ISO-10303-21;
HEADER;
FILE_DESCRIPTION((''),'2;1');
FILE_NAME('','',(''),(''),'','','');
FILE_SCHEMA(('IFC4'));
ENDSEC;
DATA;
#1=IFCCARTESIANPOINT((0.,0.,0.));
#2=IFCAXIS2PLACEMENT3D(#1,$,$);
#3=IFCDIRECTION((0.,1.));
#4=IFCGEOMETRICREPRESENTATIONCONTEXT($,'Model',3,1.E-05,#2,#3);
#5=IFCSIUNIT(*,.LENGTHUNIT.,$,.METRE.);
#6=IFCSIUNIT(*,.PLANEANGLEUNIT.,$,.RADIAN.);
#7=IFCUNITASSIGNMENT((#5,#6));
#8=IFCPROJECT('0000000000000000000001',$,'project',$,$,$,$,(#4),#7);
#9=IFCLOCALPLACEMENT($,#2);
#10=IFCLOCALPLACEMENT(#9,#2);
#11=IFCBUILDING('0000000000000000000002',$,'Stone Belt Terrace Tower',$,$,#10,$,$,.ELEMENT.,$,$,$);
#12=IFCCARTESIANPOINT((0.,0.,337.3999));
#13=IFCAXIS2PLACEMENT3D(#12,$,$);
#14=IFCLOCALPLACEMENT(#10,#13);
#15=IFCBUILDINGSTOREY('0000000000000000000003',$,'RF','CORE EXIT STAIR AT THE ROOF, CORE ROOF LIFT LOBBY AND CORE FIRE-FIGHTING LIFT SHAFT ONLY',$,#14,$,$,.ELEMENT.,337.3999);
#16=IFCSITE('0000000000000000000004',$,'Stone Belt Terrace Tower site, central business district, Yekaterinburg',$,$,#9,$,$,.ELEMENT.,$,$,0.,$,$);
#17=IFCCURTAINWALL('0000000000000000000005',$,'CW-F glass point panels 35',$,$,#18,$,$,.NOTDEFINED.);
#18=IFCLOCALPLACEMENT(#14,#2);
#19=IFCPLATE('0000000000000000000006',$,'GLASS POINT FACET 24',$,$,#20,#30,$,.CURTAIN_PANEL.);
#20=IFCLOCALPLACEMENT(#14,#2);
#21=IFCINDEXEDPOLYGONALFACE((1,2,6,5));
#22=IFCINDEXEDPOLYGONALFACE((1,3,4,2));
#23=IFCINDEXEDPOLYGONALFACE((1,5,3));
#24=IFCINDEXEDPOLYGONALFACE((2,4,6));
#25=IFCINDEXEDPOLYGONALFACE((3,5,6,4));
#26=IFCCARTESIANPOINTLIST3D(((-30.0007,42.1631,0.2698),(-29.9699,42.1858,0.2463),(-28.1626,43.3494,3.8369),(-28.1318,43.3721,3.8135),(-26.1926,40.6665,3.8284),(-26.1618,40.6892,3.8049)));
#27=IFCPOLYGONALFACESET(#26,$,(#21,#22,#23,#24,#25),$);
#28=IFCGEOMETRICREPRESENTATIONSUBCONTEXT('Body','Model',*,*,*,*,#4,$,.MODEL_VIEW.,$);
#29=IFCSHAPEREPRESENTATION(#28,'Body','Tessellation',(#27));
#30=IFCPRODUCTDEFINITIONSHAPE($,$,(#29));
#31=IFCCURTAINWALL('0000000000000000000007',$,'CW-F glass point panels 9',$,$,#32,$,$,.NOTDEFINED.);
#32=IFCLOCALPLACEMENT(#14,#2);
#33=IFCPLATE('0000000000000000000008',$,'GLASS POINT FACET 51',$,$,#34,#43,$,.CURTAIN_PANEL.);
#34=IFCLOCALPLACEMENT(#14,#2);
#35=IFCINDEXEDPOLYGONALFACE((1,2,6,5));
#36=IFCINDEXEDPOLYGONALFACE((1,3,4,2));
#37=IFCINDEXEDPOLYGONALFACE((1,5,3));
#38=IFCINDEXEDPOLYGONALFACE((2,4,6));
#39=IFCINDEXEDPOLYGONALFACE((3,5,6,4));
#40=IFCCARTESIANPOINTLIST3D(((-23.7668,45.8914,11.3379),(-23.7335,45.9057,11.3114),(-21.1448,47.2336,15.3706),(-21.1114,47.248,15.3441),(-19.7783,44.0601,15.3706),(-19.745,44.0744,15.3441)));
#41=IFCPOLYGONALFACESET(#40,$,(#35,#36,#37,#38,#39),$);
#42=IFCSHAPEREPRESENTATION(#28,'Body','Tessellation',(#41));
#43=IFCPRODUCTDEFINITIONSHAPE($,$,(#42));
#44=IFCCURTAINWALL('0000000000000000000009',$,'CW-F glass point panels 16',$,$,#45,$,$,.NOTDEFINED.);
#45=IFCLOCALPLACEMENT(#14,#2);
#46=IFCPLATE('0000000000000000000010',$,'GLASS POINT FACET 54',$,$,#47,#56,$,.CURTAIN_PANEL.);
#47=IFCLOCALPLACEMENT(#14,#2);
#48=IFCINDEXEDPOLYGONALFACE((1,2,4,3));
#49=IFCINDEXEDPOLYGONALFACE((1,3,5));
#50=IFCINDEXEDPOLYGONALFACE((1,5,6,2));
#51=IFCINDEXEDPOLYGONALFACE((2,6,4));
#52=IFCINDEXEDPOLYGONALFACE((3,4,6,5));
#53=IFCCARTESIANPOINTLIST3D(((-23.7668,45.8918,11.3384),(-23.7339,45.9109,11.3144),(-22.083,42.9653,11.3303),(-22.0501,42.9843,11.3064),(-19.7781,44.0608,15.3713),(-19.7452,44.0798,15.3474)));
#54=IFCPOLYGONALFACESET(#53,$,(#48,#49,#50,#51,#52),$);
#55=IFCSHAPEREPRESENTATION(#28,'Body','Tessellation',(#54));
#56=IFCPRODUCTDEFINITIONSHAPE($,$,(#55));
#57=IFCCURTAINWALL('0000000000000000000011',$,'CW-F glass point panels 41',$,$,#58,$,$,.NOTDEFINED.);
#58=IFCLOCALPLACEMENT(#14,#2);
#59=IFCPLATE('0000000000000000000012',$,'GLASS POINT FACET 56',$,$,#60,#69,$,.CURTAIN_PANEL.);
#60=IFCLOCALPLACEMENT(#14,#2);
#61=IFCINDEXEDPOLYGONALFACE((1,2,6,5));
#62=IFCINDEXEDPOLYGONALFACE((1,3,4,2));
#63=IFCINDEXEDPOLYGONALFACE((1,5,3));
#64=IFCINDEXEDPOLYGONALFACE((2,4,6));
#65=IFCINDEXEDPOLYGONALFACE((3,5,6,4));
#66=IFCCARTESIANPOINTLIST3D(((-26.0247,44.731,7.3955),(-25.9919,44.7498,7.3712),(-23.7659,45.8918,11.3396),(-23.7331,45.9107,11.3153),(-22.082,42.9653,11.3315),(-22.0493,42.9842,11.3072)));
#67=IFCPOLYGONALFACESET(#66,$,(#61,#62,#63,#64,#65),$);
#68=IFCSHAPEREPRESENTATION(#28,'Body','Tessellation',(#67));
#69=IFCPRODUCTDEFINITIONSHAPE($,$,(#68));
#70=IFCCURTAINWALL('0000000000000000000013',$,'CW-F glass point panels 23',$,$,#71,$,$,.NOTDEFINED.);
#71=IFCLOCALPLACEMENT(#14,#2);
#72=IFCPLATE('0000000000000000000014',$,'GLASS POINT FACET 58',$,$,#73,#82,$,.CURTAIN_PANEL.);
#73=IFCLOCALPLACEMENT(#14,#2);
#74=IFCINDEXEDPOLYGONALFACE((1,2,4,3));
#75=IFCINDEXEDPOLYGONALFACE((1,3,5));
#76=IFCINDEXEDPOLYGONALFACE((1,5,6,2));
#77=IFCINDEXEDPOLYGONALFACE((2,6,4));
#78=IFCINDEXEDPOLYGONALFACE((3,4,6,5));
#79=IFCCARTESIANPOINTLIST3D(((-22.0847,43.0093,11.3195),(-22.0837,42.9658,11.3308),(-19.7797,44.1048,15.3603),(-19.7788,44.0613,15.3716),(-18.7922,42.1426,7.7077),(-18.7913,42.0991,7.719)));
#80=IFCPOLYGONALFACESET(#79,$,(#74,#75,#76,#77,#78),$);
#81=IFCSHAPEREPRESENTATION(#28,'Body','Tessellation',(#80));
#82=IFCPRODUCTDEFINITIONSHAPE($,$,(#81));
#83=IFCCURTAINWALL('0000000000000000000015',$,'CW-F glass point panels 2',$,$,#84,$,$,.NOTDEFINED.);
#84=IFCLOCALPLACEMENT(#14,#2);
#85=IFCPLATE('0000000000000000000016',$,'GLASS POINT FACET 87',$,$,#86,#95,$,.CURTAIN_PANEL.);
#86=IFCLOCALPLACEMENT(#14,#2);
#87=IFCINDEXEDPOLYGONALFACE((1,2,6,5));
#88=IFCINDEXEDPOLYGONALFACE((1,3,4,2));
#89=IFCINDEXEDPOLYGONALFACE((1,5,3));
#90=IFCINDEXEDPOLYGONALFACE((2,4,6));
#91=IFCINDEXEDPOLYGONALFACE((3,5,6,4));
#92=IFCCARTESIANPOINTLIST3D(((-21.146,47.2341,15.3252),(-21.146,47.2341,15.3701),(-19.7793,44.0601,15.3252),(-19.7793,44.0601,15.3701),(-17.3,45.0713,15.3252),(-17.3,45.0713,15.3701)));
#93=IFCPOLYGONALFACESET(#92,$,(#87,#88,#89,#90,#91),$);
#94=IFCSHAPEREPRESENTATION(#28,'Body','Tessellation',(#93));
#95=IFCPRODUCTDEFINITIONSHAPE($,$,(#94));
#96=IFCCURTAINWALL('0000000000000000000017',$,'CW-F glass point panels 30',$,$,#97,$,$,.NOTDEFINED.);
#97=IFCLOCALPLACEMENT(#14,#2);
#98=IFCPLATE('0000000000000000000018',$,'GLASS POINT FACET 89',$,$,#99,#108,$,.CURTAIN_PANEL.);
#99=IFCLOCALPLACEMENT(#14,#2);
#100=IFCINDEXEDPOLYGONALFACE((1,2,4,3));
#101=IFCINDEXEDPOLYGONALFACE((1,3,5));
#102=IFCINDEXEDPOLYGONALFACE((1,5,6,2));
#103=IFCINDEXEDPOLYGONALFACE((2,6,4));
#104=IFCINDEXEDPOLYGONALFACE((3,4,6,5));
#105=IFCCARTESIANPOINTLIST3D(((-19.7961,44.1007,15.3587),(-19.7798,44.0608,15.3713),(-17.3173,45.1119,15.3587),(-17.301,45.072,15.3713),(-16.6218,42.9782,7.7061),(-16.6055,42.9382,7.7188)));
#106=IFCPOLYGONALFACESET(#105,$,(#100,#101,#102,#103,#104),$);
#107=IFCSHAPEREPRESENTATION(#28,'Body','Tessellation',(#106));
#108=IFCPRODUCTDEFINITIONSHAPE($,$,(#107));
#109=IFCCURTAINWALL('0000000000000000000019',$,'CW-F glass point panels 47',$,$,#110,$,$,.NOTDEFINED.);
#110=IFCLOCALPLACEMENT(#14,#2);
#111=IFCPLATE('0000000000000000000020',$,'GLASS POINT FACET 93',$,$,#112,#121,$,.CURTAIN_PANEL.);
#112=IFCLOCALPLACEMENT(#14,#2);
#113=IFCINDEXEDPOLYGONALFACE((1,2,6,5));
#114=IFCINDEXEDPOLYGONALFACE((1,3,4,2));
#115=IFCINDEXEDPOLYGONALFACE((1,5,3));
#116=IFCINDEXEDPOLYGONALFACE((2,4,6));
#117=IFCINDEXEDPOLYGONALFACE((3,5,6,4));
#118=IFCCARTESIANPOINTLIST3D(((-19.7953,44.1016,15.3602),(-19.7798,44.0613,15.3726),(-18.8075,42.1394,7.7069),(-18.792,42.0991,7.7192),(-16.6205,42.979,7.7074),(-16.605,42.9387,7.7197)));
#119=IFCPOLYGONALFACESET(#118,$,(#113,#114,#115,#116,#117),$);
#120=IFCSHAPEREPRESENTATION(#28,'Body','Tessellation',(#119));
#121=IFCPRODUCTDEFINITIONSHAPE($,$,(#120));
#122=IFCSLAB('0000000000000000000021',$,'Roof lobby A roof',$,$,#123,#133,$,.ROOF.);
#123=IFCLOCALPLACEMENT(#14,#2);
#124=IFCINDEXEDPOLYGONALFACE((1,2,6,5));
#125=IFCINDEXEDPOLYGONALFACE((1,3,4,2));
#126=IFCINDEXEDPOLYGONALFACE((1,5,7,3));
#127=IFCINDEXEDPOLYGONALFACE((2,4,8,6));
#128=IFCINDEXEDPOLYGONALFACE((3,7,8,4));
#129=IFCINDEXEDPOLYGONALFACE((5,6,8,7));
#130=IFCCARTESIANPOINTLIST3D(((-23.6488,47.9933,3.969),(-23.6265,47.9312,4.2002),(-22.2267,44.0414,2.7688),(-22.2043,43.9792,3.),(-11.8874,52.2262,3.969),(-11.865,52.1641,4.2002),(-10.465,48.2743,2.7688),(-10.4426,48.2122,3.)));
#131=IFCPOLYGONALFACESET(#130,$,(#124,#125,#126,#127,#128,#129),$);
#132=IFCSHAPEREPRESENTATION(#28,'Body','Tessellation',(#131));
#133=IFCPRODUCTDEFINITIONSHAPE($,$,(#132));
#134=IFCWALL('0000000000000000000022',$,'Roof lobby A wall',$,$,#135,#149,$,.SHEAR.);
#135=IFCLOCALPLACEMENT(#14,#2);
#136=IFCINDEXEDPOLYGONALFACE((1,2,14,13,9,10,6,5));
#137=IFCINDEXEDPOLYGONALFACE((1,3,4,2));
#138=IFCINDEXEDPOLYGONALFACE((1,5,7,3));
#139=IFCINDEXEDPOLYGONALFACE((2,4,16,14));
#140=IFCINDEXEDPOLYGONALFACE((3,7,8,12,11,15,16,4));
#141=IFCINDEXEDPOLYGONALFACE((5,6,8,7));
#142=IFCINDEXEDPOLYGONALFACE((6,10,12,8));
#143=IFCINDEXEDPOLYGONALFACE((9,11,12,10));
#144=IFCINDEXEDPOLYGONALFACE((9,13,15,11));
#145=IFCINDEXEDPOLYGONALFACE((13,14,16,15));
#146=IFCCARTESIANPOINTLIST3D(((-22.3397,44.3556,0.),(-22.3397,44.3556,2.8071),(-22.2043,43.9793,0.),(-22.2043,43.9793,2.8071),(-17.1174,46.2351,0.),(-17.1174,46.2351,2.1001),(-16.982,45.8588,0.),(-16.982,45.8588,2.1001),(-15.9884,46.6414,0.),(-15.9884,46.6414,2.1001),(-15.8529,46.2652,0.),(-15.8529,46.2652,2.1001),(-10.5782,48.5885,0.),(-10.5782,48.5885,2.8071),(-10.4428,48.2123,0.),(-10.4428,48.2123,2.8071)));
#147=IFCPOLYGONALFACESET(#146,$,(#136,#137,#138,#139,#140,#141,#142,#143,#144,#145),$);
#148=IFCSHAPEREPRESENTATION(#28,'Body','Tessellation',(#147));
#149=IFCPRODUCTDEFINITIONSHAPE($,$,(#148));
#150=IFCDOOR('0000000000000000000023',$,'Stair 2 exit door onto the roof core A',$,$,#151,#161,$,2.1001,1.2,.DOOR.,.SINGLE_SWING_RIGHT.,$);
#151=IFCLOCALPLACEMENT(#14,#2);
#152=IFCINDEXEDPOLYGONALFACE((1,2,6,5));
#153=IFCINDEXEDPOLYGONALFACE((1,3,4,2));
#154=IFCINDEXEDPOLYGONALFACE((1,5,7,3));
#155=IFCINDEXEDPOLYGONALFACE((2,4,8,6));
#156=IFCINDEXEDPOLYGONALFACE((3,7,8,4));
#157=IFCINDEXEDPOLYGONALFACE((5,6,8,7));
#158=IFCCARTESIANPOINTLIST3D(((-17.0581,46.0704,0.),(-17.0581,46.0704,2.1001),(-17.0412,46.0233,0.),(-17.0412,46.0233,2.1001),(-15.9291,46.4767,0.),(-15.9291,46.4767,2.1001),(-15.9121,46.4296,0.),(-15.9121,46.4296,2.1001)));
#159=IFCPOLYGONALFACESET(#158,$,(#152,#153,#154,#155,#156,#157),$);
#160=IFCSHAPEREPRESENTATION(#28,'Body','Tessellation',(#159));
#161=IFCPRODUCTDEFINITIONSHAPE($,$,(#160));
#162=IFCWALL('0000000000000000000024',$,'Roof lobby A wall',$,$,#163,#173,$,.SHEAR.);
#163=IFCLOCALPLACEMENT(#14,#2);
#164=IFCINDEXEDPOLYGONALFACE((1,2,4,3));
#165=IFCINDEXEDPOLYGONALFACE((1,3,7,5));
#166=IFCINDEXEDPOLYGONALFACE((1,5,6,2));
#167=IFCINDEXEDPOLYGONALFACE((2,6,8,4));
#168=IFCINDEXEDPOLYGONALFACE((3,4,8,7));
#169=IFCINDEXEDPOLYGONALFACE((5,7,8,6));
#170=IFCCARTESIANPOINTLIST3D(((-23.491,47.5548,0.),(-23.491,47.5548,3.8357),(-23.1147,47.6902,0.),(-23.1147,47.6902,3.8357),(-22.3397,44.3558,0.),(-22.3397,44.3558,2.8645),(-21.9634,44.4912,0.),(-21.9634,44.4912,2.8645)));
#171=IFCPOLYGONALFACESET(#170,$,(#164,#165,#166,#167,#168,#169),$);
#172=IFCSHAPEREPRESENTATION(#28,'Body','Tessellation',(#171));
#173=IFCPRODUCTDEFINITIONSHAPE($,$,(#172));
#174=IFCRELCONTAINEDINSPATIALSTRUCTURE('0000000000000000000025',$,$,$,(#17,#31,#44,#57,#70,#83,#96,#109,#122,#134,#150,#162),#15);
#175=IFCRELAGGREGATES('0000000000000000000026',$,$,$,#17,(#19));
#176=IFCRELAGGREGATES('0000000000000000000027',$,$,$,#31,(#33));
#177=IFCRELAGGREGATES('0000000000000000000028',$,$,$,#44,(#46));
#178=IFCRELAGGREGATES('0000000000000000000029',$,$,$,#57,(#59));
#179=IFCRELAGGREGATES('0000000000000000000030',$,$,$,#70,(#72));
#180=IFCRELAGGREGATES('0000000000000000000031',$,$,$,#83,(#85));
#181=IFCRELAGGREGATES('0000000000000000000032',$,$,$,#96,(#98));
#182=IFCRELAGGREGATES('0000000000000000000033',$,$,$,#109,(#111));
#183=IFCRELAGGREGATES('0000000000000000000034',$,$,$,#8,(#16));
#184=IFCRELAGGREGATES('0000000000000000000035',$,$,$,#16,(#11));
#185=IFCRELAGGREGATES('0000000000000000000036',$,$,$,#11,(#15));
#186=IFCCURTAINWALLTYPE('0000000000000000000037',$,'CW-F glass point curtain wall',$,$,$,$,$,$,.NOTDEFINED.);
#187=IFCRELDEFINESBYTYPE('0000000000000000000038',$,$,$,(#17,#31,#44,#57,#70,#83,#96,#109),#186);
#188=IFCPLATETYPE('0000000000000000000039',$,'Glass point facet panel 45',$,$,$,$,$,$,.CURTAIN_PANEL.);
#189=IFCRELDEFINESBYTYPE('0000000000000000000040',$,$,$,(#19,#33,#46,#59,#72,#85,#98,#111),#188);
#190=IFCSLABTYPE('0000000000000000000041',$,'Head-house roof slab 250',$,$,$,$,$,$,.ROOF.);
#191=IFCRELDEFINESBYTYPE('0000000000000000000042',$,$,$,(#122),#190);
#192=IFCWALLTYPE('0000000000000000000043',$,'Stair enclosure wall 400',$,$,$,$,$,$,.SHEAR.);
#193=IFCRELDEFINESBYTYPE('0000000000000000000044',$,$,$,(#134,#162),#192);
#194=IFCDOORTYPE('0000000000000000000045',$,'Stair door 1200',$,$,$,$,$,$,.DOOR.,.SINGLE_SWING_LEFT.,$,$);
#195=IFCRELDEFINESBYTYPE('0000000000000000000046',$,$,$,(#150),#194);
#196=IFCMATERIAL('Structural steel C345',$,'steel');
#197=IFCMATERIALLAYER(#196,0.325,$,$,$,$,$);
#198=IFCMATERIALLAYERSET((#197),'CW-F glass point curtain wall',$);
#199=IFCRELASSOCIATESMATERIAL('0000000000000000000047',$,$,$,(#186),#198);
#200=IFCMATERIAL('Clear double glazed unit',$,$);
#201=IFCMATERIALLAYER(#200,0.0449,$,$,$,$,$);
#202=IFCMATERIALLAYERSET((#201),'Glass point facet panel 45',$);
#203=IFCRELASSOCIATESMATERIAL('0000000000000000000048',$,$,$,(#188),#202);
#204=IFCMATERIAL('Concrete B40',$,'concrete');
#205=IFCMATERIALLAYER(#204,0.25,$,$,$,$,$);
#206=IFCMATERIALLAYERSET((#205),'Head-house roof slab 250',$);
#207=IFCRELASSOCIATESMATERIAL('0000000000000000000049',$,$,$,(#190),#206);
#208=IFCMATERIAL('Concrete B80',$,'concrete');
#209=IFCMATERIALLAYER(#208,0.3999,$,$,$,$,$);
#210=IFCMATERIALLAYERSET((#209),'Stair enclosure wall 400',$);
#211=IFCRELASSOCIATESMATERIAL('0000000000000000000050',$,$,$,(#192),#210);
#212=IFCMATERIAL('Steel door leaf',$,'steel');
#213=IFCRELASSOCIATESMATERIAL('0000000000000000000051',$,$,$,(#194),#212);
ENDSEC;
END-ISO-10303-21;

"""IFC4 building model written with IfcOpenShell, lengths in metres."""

from ifc_helpers import new_model, si_unit, direction, frame, frame_2d, origin, place, context, subcontext, project, spatial, polyline, rectangle, outline, extrude, material, layer, layer_set, type_object, element, fill, aggregate, save


model = new_model("IFC4")

# Units and contexts
model_context = context("Model", 3, precision=1e-05, world=origin(), true_north=direction((0.0, 1.0)))
body_context = subcontext(model_context, "Body", "Model", "MODEL_VIEW")
ifc_project = project(units=[si_unit("LENGTHUNIT", "METRE"), si_unit("PLANEANGLEUNIT", "RADIAN")], contexts=[model_context])

# Site, building, storey
site_placement = place(None, origin())
site = spatial("IfcSite", under=ifc_project, at=site_placement, Name="Stone Belt Terrace Tower site, central business district, Yekaterinburg", CompositionType="ELEMENT", RefElevation=0.0)
building_placement = place(site_placement, origin())
building = spatial("IfcBuilding", under=site, at=building_placement, Name="Stone Belt Terrace Tower", CompositionType="ELEMENT")
storey_placement = place(building_placement, frame((0.0, 0.0, 337.3999)))
storey = spatial("IfcBuildingStorey", under=building, at=storey_placement, Name="RF", Description="CORE EXIT STAIR AT THE ROOF, CORE ROOF LIFT LOBBY AND CORE FIRE-FIGHTING LIFT SHAFT ONLY", CompositionType="ELEMENT", Elevation=337.3999)

# Shared definitions
ifc_material_1 = material(Name="Structural steel C345", Category="steel")

# Curtain wall
ifc_layer_1 = layer(ifc_material_1, 0.325)
ifc_layer_set_1 = layer_set([ifc_layer_1], Name="CW-F glass point curtain wall")
curtain_wall_type = type_object("IfcCurtainWallType", Name="CW-F glass point curtain wall", PredefinedType="NOTDEFINED", material=ifc_layer_set_1)
curtain_wall_1_placement = place(storey_placement, origin())
curtain_wall_1 = element("IfcCurtainWall", 1, at=curtain_wall_1_placement, inside=storey, type_object=curtain_wall_type, Name="CW-F glass point panels 35", PredefinedType="NOTDEFINED")
ifc_material_2 = material(Name="Clear double glazed unit")
ifc_layer_2 = layer(ifc_material_2, 0.0449)
ifc_layer_set_2 = layer_set([ifc_layer_2], Name="Glass point facet panel 45")
plate_type = type_object("IfcPlateType", Name="Glass point facet panel 45", PredefinedType="CURTAIN_PANEL", material=ifc_layer_set_2)

# Plate
plate_1_placement = place(storey_placement, frame((-28.1626, 43.3494, 3.8369), z_axis=(-0.686678, -0.505876, 0.522076), x_axis=(0.591858, -0.806038, -0.002567)))
plate_1 = element("IfcPlate", 2, at=plate_1_placement, type_object=plate_type, Name="GLASS POINT FACET 24", PredefinedType="CURTAIN_PANEL", context=body_context, shape_type="SweptSolid", body=[
    extrude(outline(polyline([(0.0, 0.0), (3.3285, 0.0), (-0.1226, -4.1828), (0.0, 0.0)])), origin(), (0.0, 0.0, -1.0), 0.0449),
])
aggregate(curtain_wall_1, [plate_1])

# Curtain walls, plates
curtain_wall_2_placement = place(storey_placement, origin())
curtain_wall_2 = element("IfcCurtainWall", 3, at=curtain_wall_2_placement, inside=storey, type_object=curtain_wall_type, Name="CW-F glass point panels 9", PredefinedType="NOTDEFINED")
plate_2_placement = place(storey_placement, frame((-19.7783, 44.0601, 15.3706), z_axis=(-0.742258, -0.319595, 0.588993), x_axis=(-0.669186, 0.307251, -0.6766)))
plate_2 = element("IfcPlate", 4, at=plate_2_placement, type_object=plate_type, Name="GLASS POINT FACET 51", PredefinedType="CURTAIN_PANEL", context=body_context, shape_type="SweptSolid", body=[
    extrude(outline(polyline([(0.0, 0.0), (5.9603, 0.0), (1.8895, -2.8929), (0.0, 0.0)])), origin(), (0.0, 0.0, -1.0), 0.0449),
])
aggregate(curtain_wall_2, [plate_2])
curtain_wall_3_placement = place(storey_placement, origin())
curtain_wall_3 = element("IfcCurtainWall", 5, at=curtain_wall_3_placement, inside=storey, type_object=curtain_wall_type, Name="CW-F glass point panels 16", PredefinedType="NOTDEFINED")
plate_3_placement = place(storey_placement, frame((-19.7781, 44.0608, 15.3713), z_axis=(-0.732891, -0.423153, 0.53274), x_axis=(-0.482265, -0.229205, -0.845509)))
plate_3 = element("IfcPlate", 6, at=plate_3_placement, type_object=plate_type, Name="GLASS POINT FACET 54", PredefinedType="CURTAIN_PANEL", context=body_context, shape_type="SweptSolid", body=[
    extrude(outline(polyline([(0.0, 0.0), (4.7794, 0.0), (4.9139, -3.3737), (0.0, 0.0)])), origin(), (0.0, 0.0, -1.0), 0.0449),
])
aggregate(curtain_wall_3, [plate_3])
curtain_wall_4_placement = place(storey_placement, origin())
curtain_wall_4 = element("IfcCurtainWall", 7, at=curtain_wall_4_placement, inside=storey, type_object=curtain_wall_type, Name="CW-F glass point panels 41", PredefinedType="NOTDEFINED")
plate_4_placement = place(storey_placement, frame((-23.7659, 45.8918, 11.3396), z_axis=(-0.728367, -0.420572, 0.540926), x_axis=(0.498713, -0.866764, -0.002386)))
plate_4 = element("IfcPlate", 8, at=plate_4_placement, type_object=plate_type, Name="GLASS POINT FACET 56", PredefinedType="CURTAIN_PANEL", context=body_context, shape_type="SweptSolid", body=[
    extrude(outline(polyline([(0.0, 0.0), (3.3764, 0.0), (-0.1109, -4.6897), (0.0, 0.0)])), origin(), (0.0, 0.0, -1.0), 0.0449),
])
aggregate(curtain_wall_4, [plate_4])
curtain_wall_5_placement = place(storey_placement, origin())
curtain_wall_5 = element("IfcCurtainWall", 9, at=curtain_wall_5_placement, inside=storey, type_object=curtain_wall_type, Name="CW-F glass point panels 23", PredefinedType="NOTDEFINED")
plate_5_placement = place(storey_placement, frame((-19.7788, 44.0613, 15.3716), z_axis=(0.020336, -0.96783, 0.25078), x_axis=(0.124039, -0.246452, -0.961185)))
plate_5 = element("IfcPlate", 10, at=plate_5_placement, type_object=plate_type, Name="GLASS POINT FACET 58", PredefinedType="CURTAIN_PANEL", context=body_context, shape_type="SweptSolid", body=[
    extrude(outline(polyline([(0.0, 0.0), (7.9616, 0.0), (3.868, -2.807), (0.0, 0.0)])), origin(), (0.0, 0.0, -1.0), 0.0449),
])
aggregate(curtain_wall_5, [plate_5])
curtain_wall_6_placement = place(storey_placement, origin())
curtain_wall_6 = element("IfcCurtainWall", 11, at=curtain_wall_6_placement, inside=storey, type_object=curtain_wall_type, Name="CW-F glass point panels 2", PredefinedType="NOTDEFINED")
plate_6_placement = place(storey_placement, frame((-19.7793, 44.0601, 15.3701), z_axis=(0.0, 0.0, 1.0), x_axis=(-0.395479, 0.918475, 0.0)))
plate_6 = element("IfcPlate", 12, at=plate_6_placement, type_object=plate_type, Name="GLASS POINT FACET 87", PredefinedType="CURTAIN_PANEL", context=body_context, shape_type="SweptSolid", body=[
    extrude(outline(polyline([(0.0, 0.0), (3.4558, 0.0), (-0.0517, -2.677), (0.0, 0.0)])), origin(), (0.0, 0.0, -1.0), 0.0449),
])
aggregate(curtain_wall_6, [plate_6])
curtain_wall_7_placement = place(storey_placement, origin())
curtain_wall_7 = element("IfcCurtainWall", 13, at=curtain_wall_7_placement, inside=storey, type_object=curtain_wall_type, Name="CW-F glass point panels 30", PredefinedType="NOTDEFINED")
plate_7_placement = place(storey_placement, frame((-19.7798, 44.0608, 15.3713), z_axis=(0.362543, -0.888676, 0.280744), x_axis=(0.925914, 0.377734, 0.0)))
plate_7 = element("IfcPlate", 14, at=plate_7_placement, type_object=plate_type, Name="GLASS POINT FACET 89", PredefinedType="CURTAIN_PANEL", context=body_context, shape_type="SweptSolid", body=[
    extrude(outline(polyline([(0.0, 0.0), (2.6771, 0.0), (2.5151, -7.9733), (0.0, 0.0)])), origin(), (0.0, 0.0, -1.0), 0.0449),
])
aggregate(curtain_wall_7, [plate_7])
curtain_wall_8_placement = place(storey_placement, origin())
curtain_wall_8 = element("IfcCurtainWall", 15, at=curtain_wall_8_placement, inside=storey, type_object=curtain_wall_type, Name="CW-F glass point panels 47", PredefinedType="NOTDEFINED")
plate_8_placement = place(storey_placement, frame((-19.7798, 44.0613, 15.3726), z_axis=(0.344566, -0.897695, 0.274623), x_axis=(0.379719, -0.134262, -0.915307)))
plate_8 = element("IfcPlate", 16, at=plate_8_placement, type_object=plate_type, Name="GLASS POINT FACET 93", PredefinedType="CURTAIN_PANEL", context=body_context, shape_type="SweptSolid", body=[
    extrude(outline(polyline([(0.0, 0.0), (8.3609, 0.0), (7.6437, -2.2301), (0.0, 0.0)])), origin(), (0.0, 0.0, -1.0), 0.0449),
])
aggregate(curtain_wall_8, [plate_8])

# Slab
ifc_material_3 = material(Name="Concrete B40", Category="concrete")
ifc_layer_3 = layer(ifc_material_3, 0.25)
ifc_layer_set_3 = layer_set([ifc_layer_3], Name="Head-house roof slab 250")
slab_type = type_object("IfcSlabType", Name="Head-house roof slab 250", PredefinedType="ROOF", material=ifc_layer_set_3)
slab_placement = place(storey_placement, frame((-22.2043, 43.9792, 3.0), z_axis=(0.093042, -0.258527, 0.961513), x_axis=(0.940921, 0.338627, -0.000001)))
element("IfcSlab", 17, at=slab_placement, inside=storey, type_object=slab_type, Name="Roof lobby A roof", PredefinedType="ROOF", context=body_context, shape_type="SweptSolid", body=[
    extrude(outline(polyline([(0.0, 0.0), (12.5002, 0.0), (12.5001, 4.3682), (0.0001, 4.3681), (0.0, 0.0)])), origin(), (0.0, 0.0, -1.0), 0.2405),
])

# Wall, opening, door
ifc_material_4 = material(Name="Concrete B80", Category="concrete")
ifc_layer_4 = layer(ifc_material_4, 0.3999)
ifc_layer_set_4 = layer_set([ifc_layer_4], Name="Stair enclosure wall 400")
wall_type = type_object("IfcWallType", Name="Stair enclosure wall 400", PredefinedType="SHEAR", material=ifc_layer_set_4)
wall_1_placement = place(storey_placement, frame((-22.272, 44.1675, 0.0), z_axis=(0.0, 0.0, 1.0), x_axis=(0.940919, 0.338633, 0.0)))
wall_1 = element("IfcWall", 18, at=wall_1_placement, inside=storey, type_object=wall_type, Name="Roof lobby A wall", PredefinedType="SHEAR", context=body_context, shape_type="SweptSolid", body=[
    extrude(rectangle(XDim=12.5, YDim=0.3999, at=frame_2d((6.25, 0.0))), origin(), (0.0, 0.0, 1.0), 2.8071),
])
opening_placement = place(wall_1_placement, frame((5.55, 0.0, 0.0)))
opening = element("IfcOpeningElement", 19, at=opening_placement, cuts=wall_1, PredefinedType="OPENING", context=body_context, shape_type="SweptSolid", body=[
    extrude(rectangle(XDim=1.2, YDim=2.1001, at=frame_2d((0.6001, 1.05))), frame((0.0, 0.21, 0.0), z_axis=(0.0, -1.0, 0.0), x_axis=(1.0, 0.0, 0.0)), (0.0, 0.0, 1.0), 0.4199),
])
ifc_material_5 = material(Name="Steel door leaf", Category="steel")
door_type = type_object("IfcDoorType", Name="Stair door 1200", OperationType="SINGLE_SWING_LEFT", PredefinedType="DOOR", material=ifc_material_5)
door_placement = place(opening_placement, origin())
door = element("IfcDoor", 20, at=door_placement, inside=storey, type_object=door_type, Name="Stair 2 exit door onto the roof core A", OperationType="SINGLE_SWING_RIGHT", OverallHeight=2.1001, OverallWidth=1.2, PredefinedType="DOOR", context=body_context, shape_type="SweptSolid", body=[
    extrude(rectangle(XDim=1.2, YDim=2.1001, at=frame_2d((0.6001, 1.05))), frame((0.0, 0.0249, 0.0), z_axis=(0.0, -1.0, 0.0), x_axis=(1.0, 0.0, 0.0)), (0.0, 0.0, 1.0), 0.05),
])
fill(opening, door)

# Wall
wall_2_placement = place(storey_placement, frame((-21.9634, 44.4912, 0.0), z_axis=(0.940912, 0.338651, 0.0), x_axis=(-0.338651, 0.940912, 0.0)))
element("IfcWall", 21, at=wall_2_placement, inside=storey, type_object=wall_type, Name="Roof lobby A wall", PredefinedType="SHEAR", context=body_context, shape_type="SweptSolid", body=[
    extrude(outline(polyline([(0.0, 0.0), (3.3999, 0.0), (3.3999, 3.8357), (0.0, 2.8645), (0.0, 0.0)])), origin(), (0.0, 0.0, -1.0), 0.3999),
])

save(model, "model.ifc")
